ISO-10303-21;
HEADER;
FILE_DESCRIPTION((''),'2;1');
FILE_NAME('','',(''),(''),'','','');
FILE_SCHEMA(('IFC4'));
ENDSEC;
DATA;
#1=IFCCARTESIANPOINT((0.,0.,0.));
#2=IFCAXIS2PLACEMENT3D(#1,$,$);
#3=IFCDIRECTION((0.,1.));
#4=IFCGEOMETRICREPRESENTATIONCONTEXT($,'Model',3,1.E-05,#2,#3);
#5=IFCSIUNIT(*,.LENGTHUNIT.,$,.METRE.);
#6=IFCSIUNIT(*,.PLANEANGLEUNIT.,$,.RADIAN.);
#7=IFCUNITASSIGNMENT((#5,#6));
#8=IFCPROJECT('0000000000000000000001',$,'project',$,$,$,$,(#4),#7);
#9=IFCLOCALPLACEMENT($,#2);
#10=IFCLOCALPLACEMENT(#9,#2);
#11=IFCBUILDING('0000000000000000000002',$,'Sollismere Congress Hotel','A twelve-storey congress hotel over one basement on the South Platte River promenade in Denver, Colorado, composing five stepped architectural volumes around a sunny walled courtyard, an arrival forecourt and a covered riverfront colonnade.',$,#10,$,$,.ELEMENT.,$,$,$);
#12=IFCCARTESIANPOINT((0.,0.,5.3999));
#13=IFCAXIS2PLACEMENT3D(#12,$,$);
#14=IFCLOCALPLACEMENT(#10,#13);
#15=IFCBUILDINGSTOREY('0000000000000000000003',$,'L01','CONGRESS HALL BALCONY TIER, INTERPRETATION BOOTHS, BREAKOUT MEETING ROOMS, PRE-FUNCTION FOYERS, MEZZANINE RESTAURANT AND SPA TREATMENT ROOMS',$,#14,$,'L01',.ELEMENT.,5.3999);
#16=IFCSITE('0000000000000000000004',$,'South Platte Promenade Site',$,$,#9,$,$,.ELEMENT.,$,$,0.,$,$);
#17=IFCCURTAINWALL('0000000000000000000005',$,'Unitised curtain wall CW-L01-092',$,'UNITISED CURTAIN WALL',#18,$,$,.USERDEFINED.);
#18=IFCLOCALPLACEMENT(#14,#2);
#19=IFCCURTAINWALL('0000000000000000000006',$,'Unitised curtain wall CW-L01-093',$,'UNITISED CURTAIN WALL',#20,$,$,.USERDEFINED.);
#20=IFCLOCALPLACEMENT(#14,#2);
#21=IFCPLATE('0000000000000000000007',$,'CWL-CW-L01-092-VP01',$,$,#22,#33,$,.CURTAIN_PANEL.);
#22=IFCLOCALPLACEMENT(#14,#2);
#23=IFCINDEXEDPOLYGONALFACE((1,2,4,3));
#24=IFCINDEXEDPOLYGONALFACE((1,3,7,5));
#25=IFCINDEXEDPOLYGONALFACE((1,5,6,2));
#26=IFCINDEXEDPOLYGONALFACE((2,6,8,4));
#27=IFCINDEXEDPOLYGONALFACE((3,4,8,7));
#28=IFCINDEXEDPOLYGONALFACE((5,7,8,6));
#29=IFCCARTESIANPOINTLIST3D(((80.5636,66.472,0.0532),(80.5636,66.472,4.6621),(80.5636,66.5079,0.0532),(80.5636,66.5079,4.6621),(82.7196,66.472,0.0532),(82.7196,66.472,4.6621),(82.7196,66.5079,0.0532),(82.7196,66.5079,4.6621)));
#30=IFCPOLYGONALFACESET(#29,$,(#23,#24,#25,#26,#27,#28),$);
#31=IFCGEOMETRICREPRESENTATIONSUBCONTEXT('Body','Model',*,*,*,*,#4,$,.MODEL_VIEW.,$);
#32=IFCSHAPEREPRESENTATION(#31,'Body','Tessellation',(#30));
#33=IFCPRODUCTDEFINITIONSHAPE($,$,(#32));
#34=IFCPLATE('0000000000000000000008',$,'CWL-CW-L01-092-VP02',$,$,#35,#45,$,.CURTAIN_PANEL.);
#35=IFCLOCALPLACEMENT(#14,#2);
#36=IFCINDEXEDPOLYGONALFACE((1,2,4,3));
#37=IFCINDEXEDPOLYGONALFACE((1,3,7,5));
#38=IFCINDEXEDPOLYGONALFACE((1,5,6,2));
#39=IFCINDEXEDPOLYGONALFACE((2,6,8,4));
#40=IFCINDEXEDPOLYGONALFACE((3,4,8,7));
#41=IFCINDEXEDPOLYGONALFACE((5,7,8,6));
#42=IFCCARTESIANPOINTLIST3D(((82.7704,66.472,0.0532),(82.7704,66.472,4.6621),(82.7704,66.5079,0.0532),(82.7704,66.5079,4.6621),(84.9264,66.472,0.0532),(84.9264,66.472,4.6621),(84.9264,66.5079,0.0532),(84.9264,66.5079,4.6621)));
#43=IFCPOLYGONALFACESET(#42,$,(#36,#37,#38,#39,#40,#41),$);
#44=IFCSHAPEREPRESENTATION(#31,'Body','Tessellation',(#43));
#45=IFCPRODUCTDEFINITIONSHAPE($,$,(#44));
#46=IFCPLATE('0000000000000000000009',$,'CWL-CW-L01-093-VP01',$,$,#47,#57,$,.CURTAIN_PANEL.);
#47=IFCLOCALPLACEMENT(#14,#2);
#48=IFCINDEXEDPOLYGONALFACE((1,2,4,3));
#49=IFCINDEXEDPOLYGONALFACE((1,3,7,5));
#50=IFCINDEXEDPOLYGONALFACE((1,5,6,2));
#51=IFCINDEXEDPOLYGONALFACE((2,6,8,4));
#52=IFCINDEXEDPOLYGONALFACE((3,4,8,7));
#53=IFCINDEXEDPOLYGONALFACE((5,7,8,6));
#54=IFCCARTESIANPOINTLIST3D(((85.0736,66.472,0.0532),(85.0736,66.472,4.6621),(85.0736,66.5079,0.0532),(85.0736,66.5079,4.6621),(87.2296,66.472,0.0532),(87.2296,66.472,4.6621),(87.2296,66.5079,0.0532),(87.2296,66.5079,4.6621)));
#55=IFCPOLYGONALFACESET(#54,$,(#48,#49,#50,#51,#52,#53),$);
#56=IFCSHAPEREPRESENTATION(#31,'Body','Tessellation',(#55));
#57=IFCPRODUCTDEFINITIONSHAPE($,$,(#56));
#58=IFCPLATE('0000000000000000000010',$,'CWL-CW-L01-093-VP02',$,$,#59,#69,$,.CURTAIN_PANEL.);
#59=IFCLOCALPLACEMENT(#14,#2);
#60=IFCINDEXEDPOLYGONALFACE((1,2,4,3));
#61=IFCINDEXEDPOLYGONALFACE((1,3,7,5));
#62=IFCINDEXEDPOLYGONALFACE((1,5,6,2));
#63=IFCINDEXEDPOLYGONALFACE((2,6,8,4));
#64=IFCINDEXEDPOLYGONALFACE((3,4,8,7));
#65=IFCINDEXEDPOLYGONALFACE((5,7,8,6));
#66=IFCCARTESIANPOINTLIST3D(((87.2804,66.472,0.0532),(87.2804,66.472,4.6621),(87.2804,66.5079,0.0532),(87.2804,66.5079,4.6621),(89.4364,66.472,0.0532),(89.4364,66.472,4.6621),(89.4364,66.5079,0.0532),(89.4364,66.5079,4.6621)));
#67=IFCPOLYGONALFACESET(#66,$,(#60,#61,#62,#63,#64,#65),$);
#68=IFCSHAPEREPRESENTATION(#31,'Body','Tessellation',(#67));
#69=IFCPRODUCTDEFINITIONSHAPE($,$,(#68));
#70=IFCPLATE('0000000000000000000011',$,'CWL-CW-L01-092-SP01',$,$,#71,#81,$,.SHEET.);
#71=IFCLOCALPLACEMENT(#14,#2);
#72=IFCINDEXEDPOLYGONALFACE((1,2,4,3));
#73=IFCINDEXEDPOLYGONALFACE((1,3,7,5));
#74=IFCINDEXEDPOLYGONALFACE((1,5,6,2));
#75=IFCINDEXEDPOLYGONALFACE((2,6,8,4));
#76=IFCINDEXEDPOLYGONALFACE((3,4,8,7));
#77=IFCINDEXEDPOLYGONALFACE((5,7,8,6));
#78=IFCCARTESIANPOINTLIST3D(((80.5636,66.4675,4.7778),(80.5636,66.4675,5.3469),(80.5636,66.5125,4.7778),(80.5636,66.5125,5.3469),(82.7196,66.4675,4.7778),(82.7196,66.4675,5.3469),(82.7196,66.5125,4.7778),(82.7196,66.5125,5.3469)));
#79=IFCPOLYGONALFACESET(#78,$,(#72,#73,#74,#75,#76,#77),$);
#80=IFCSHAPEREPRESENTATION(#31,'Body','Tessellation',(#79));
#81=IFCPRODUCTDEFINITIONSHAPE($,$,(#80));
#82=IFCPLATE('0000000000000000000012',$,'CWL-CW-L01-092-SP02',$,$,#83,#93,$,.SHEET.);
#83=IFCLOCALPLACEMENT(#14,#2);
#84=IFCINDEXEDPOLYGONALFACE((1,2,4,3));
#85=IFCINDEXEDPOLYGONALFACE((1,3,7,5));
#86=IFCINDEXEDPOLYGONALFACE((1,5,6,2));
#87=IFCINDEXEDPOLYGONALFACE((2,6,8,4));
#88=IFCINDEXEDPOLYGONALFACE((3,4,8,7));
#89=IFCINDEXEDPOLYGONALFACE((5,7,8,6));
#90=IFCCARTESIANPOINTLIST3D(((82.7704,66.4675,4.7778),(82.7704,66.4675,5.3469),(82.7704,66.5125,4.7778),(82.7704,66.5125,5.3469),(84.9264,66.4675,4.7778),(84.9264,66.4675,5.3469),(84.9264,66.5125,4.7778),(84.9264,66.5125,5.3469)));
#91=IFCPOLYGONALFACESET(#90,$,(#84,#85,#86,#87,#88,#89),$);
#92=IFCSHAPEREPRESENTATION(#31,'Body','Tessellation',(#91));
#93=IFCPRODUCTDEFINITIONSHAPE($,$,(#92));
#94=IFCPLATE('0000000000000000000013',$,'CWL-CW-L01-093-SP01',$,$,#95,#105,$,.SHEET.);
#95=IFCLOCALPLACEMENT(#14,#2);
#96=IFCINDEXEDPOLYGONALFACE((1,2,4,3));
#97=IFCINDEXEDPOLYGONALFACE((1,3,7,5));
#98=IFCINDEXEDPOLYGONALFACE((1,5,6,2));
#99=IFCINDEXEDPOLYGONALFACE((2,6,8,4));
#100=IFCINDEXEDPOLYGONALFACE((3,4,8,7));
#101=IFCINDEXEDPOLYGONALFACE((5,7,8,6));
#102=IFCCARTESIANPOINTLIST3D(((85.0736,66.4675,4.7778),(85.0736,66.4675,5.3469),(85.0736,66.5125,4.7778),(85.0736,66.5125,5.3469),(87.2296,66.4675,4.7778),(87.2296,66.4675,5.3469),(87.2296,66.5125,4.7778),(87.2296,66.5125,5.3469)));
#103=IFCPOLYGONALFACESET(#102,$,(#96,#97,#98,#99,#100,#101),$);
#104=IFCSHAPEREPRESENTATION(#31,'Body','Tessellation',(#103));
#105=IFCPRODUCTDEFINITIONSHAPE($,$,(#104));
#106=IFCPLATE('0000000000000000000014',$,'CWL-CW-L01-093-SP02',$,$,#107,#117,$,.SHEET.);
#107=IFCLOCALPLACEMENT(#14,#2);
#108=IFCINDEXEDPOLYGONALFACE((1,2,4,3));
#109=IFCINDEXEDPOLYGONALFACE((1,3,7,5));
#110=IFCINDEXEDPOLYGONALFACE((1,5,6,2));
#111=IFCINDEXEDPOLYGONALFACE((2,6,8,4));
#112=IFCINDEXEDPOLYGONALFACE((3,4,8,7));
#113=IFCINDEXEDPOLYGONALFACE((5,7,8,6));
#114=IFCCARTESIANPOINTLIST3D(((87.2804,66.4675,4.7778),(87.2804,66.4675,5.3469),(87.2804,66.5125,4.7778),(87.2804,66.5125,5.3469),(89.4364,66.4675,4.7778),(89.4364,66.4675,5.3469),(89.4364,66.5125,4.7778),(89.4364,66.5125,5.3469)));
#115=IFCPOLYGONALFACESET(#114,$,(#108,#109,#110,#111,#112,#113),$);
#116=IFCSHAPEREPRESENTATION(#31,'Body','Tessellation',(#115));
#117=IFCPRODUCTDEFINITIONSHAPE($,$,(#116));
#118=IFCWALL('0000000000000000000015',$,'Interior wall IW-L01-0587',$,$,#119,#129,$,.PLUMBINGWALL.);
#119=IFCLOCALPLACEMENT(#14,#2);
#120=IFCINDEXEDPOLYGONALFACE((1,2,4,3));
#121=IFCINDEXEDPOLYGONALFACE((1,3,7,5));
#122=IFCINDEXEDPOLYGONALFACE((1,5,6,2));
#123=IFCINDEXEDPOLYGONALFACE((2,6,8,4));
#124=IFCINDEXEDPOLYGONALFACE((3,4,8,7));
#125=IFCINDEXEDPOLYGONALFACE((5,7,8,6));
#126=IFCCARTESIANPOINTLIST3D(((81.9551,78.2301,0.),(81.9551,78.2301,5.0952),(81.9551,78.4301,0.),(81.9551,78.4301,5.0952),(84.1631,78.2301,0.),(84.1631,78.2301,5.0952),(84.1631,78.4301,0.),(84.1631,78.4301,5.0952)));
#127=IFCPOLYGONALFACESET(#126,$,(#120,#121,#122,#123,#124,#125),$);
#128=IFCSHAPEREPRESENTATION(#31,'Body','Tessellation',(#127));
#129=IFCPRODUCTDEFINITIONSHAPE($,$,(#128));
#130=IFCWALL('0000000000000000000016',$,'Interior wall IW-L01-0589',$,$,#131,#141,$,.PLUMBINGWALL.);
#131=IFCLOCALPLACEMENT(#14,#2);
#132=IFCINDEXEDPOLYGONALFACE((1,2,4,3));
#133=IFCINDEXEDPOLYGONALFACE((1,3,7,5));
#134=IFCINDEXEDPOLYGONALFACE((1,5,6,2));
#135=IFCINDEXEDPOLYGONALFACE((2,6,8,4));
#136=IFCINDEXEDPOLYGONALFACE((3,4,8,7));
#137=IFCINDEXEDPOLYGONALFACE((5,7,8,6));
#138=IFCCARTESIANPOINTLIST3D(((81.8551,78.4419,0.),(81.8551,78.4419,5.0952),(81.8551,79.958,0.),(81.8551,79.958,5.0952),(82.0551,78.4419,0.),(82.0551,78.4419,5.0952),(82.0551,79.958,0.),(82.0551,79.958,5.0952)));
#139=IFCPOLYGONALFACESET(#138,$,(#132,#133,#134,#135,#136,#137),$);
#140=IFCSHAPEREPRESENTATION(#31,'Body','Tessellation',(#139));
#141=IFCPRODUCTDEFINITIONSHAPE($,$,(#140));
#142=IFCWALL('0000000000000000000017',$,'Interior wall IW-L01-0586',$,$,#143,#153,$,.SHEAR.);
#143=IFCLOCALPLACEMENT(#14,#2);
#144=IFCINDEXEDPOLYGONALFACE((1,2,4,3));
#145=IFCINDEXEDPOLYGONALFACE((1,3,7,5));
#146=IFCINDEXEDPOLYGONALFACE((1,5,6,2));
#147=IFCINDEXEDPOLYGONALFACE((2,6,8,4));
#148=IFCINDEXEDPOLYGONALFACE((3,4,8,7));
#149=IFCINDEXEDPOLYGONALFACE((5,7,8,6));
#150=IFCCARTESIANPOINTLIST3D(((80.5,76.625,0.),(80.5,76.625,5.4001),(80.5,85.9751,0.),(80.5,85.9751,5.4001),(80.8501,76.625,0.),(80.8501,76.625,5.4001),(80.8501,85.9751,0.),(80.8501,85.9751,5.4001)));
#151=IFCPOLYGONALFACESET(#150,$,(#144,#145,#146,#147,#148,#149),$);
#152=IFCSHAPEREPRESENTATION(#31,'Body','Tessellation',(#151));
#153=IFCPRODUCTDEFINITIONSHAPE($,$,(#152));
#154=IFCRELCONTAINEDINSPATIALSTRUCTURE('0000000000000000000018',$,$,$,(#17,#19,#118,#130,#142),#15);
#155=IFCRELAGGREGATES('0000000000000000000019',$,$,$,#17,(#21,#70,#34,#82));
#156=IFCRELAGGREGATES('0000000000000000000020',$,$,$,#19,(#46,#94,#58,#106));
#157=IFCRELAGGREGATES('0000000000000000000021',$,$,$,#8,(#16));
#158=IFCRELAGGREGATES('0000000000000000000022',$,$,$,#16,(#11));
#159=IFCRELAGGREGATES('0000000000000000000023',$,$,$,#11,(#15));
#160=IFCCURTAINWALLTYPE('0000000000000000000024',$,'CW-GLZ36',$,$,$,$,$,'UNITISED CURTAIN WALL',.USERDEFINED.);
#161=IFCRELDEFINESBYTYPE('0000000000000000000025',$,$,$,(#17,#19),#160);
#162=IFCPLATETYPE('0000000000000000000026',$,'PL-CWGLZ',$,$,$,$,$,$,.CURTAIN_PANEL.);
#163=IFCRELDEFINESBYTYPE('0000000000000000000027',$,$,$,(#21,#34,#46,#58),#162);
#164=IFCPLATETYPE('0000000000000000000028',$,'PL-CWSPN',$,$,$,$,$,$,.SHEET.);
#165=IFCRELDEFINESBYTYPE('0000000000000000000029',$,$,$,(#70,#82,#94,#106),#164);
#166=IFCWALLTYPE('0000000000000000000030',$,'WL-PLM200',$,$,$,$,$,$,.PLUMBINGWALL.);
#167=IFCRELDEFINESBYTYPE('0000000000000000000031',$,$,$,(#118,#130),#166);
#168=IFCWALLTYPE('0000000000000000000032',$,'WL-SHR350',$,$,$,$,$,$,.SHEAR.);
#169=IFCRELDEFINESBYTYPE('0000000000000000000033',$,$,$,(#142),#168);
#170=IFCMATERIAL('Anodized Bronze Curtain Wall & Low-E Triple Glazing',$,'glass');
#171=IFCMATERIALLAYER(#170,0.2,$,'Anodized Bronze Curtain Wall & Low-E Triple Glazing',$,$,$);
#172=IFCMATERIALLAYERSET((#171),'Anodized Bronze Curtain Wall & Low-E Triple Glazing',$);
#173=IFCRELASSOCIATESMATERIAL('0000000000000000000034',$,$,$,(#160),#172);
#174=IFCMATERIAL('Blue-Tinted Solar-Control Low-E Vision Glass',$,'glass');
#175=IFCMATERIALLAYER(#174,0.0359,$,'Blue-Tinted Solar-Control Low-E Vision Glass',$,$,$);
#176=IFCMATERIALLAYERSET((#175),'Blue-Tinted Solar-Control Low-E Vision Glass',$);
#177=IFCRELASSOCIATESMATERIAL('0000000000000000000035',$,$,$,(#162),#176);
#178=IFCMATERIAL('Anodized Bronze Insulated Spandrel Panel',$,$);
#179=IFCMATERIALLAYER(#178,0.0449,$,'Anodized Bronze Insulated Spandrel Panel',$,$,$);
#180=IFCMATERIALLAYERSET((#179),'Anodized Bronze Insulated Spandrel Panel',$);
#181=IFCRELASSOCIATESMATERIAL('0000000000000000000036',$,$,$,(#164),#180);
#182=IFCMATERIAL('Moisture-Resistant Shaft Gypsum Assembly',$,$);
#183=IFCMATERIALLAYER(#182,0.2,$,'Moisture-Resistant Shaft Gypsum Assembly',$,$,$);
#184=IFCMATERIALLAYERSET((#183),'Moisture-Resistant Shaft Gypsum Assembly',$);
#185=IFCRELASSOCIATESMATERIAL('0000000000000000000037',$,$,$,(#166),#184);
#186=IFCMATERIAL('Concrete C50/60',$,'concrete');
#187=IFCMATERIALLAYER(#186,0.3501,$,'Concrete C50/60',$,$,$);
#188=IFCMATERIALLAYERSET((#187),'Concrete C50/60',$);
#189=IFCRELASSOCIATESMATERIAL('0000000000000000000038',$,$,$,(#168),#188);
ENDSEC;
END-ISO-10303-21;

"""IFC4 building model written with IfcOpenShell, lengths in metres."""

from ifc_helpers import new_model, si_unit, direction, frame, frame_2d, origin, origin_2d, place, context, subcontext, project, spatial, rectangle, extrude, material, layer, layer_set, type_object, element, aggregate, save


model = new_model("IFC4")

# Units and contexts
model_context = context("Model", 3, precision=1e-05, world=origin(), true_north=direction((0.0, 1.0)))
body_context = subcontext(model_context, "Body", "Model", "MODEL_VIEW")
ifc_project = project(units=[si_unit("LENGTHUNIT", "METRE"), si_unit("PLANEANGLEUNIT", "RADIAN")], contexts=[model_context])

# Site, building, storey
site_placement = place(None, origin())
site = spatial("IfcSite", under=ifc_project, at=site_placement, Name="South Platte Promenade Site", CompositionType="ELEMENT", RefElevation=0.0)
building_placement = place(site_placement, origin())
building = spatial("IfcBuilding", under=site, at=building_placement, Name="Sollismere Congress Hotel", Description="A twelve-storey congress hotel over one basement on the South Platte River promenade in Denver, Colorado, composing five stepped architectural volumes around a sunny walled courtyard, an arrival forecourt and a covered riverfront colonnade.", CompositionType="ELEMENT")
storey_placement = place(building_placement, frame((0.0, 0.0, 5.3999)))
storey = spatial("IfcBuildingStorey", under=building, at=storey_placement, Name="L01", Description="CONGRESS HALL BALCONY TIER, INTERPRETATION BOOTHS, BREAKOUT MEETING ROOMS, PRE-FUNCTION FOYERS, MEZZANINE RESTAURANT AND SPA TREATMENT ROOMS", LongName="L01", CompositionType="ELEMENT", Elevation=5.3999)

# Curtain walls
ifc_material_1 = material(Name="Anodized Bronze Curtain Wall & Low-E Triple Glazing", Category="glass")
ifc_layer_1 = layer(ifc_material_1, 0.2, Name="Anodized Bronze Curtain Wall & Low-E Triple Glazing")
ifc_layer_set_1 = layer_set([ifc_layer_1], Name="Anodized Bronze Curtain Wall & Low-E Triple Glazing")
curtain_wall_type = type_object("IfcCurtainWallType", Name="CW-GLZ36", ElementType="UNITISED CURTAIN WALL", PredefinedType="USERDEFINED", material=ifc_layer_set_1)
curtain_wall_1_placement = place(storey_placement, origin())
curtain_wall_1 = element("IfcCurtainWall", 1, at=curtain_wall_1_placement, inside=storey, type_object=curtain_wall_type, Name="Unitised curtain wall CW-L01-092", ObjectType="UNITISED CURTAIN WALL", PredefinedType="USERDEFINED")
curtain_wall_2_placement = place(storey_placement, origin())
curtain_wall_2 = element("IfcCurtainWall", 2, at=curtain_wall_2_placement, inside=storey, type_object=curtain_wall_type, Name="Unitised curtain wall CW-L01-093", ObjectType="UNITISED CURTAIN WALL", PredefinedType="USERDEFINED")

# Plates
ifc_material_2 = material(Name="Blue-Tinted Solar-Control Low-E Vision Glass", Category="glass")
ifc_layer_2 = layer(ifc_material_2, 0.0359, Name="Blue-Tinted Solar-Control Low-E Vision Glass")
ifc_layer_set_2 = layer_set([ifc_layer_2], Name="Blue-Tinted Solar-Control Low-E Vision Glass")
plate_type_1 = type_object("IfcPlateType", Name="PL-CWGLZ", PredefinedType="CURTAIN_PANEL", material=ifc_layer_set_2)
plate_1_placement = place(storey_placement, frame((81.6416, 66.49, 0.0532), z_axis=(0.0, 0.0, 1.0), x_axis=(1.0, 0.0, 0.0)))
plate_1 = element("IfcPlate", 3, at=plate_1_placement, type_object=plate_type_1, Name="CWL-CW-L01-092-VP01", PredefinedType="CURTAIN_PANEL", context=body_context, shape_type="SweptSolid", body=[
    extrude(rectangle(XDim=2.156, YDim=0.0359, at=origin_2d()), origin(), (0.0, 0.0, 1.0), 4.6089),
])
plate_2_placement = place(storey_placement, frame((83.8484, 66.49, 0.0532), z_axis=(0.0, 0.0, 1.0), x_axis=(1.0, 0.0, 0.0)))
plate_2 = element("IfcPlate", 4, at=plate_2_placement, type_object=plate_type_1, Name="CWL-CW-L01-092-VP02", PredefinedType="CURTAIN_PANEL", context=body_context, shape_type="SweptSolid", body=[
    extrude(rectangle(XDim=2.156, YDim=0.0359, at=origin_2d()), origin(), (0.0, 0.0, 1.0), 4.6089),
])
plate_3_placement = place(storey_placement, frame((86.1516, 66.49, 0.0532), z_axis=(0.0, 0.0, 1.0), x_axis=(1.0, 0.0, 0.0)))
plate_3 = element("IfcPlate", 5, at=plate_3_placement, type_object=plate_type_1, Name="CWL-CW-L01-093-VP01", PredefinedType="CURTAIN_PANEL", context=body_context, shape_type="SweptSolid", body=[
    extrude(rectangle(XDim=2.156, YDim=0.0359, at=origin_2d()), origin(), (0.0, 0.0, 1.0), 4.6089),
])
plate_4_placement = place(storey_placement, frame((88.3584, 66.49, 0.0532), z_axis=(0.0, 0.0, 1.0), x_axis=(1.0, 0.0, 0.0)))
plate_4 = element("IfcPlate", 6, at=plate_4_placement, type_object=plate_type_1, Name="CWL-CW-L01-093-VP02", PredefinedType="CURTAIN_PANEL", context=body_context, shape_type="SweptSolid", body=[
    extrude(rectangle(XDim=2.156, YDim=0.0359, at=origin_2d()), origin(), (0.0, 0.0, 1.0), 4.6089),
])
ifc_material_3 = material(Name="Anodized Bronze Insulated Spandrel Panel")
ifc_layer_3 = layer(ifc_material_3, 0.0449, Name="Anodized Bronze Insulated Spandrel Panel")
ifc_layer_set_3 = layer_set([ifc_layer_3], Name="Anodized Bronze Insulated Spandrel Panel")
plate_type_2 = type_object("IfcPlateType", Name="PL-CWSPN", PredefinedType="SHEET", material=ifc_layer_set_3)
plate_5_placement = place(storey_placement, frame((81.6416, 66.49, 4.7778), z_axis=(0.0, 0.0, 1.0), x_axis=(1.0, 0.0, 0.0)))
plate_5 = element("IfcPlate", 7, at=plate_5_placement, type_object=plate_type_2, Name="CWL-CW-L01-092-SP01", PredefinedType="SHEET", context=body_context, shape_type="SweptSolid", body=[
    extrude(rectangle(XDim=2.156, YDim=0.0449, at=origin_2d()), origin(), (0.0, 0.0, 1.0), 0.5691),
])
plate_6_placement = place(storey_placement, frame((83.8484, 66.49, 4.7778), z_axis=(0.0, 0.0, 1.0), x_axis=(1.0, 0.0, 0.0)))
plate_6 = element("IfcPlate", 8, at=plate_6_placement, type_object=plate_type_2, Name="CWL-CW-L01-092-SP02", PredefinedType="SHEET", context=body_context, shape_type="SweptSolid", body=[
    extrude(rectangle(XDim=2.156, YDim=0.0449, at=origin_2d()), origin(), (0.0, 0.0, 1.0), 0.5691),
])
aggregate(curtain_wall_1, [plate_1, plate_5, plate_2, plate_6])
plate_7_placement = place(storey_placement, frame((86.1516, 66.49, 4.7778), z_axis=(0.0, 0.0, 1.0), x_axis=(1.0, 0.0, 0.0)))
plate_7 = element("IfcPlate", 9, at=plate_7_placement, type_object=plate_type_2, Name="CWL-CW-L01-093-SP01", PredefinedType="SHEET", context=body_context, shape_type="SweptSolid", body=[
    extrude(rectangle(XDim=2.156, YDim=0.0449, at=origin_2d()), origin(), (0.0, 0.0, 1.0), 0.5691),
])
plate_8_placement = place(storey_placement, frame((88.3584, 66.49, 4.7778), z_axis=(0.0, 0.0, 1.0), x_axis=(1.0, 0.0, 0.0)))
plate_8 = element("IfcPlate", 10, at=plate_8_placement, type_object=plate_type_2, Name="CWL-CW-L01-093-SP02", PredefinedType="SHEET", context=body_context, shape_type="SweptSolid", body=[
    extrude(rectangle(XDim=2.156, YDim=0.0449, at=origin_2d()), origin(), (0.0, 0.0, 1.0), 0.5691),
])
aggregate(curtain_wall_2, [plate_3, plate_7, plate_4, plate_8])

# Walls
ifc_material_4 = material(Name="Moisture-Resistant Shaft Gypsum Assembly")
ifc_layer_4 = layer(ifc_material_4, 0.2, Name="Moisture-Resistant Shaft Gypsum Assembly")
ifc_layer_set_4 = layer_set([ifc_layer_4], Name="Moisture-Resistant Shaft Gypsum Assembly")
wall_type_1 = type_object("IfcWallType", Name="WL-PLM200", PredefinedType="PLUMBINGWALL", material=ifc_layer_set_4)
wall_1_placement = place(storey_placement, frame((81.9551, 78.3301, 0.0), z_axis=(0.0, 0.0, 1.0), x_axis=(1.0, 0.0, 0.0)))
element("IfcWall", 11, at=wall_1_placement, inside=storey, type_object=wall_type_1, Name="Interior wall IW-L01-0587", PredefinedType="PLUMBINGWALL", context=body_context, shape_type="SweptSolid", body=[
    extrude(rectangle(XDim=2.208, YDim=0.2, at=frame_2d((1.104, 0.0))), origin(), (0.0, 0.0, 1.0), 5.0952),
])
wall_2_placement = place(storey_placement, frame((81.9551, 78.4419, 0.0), z_axis=(0.0, 0.0, 1.0), x_axis=(0.0, 1.0, 0.0)))
element("IfcWall", 12, at=wall_2_placement, inside=storey, type_object=wall_type_1, Name="Interior wall IW-L01-0589", PredefinedType="PLUMBINGWALL", context=body_context, shape_type="SweptSolid", body=[
    extrude(rectangle(XDim=1.5161, YDim=0.2, at=frame_2d((0.7581, 0.0))), origin(), (0.0, 0.0, 1.0), 5.0952),
])
ifc_material_5 = material(Name="Concrete C50/60", Category="concrete")
ifc_layer_5 = layer(ifc_material_5, 0.3501, Name="Concrete C50/60")
ifc_layer_set_5 = layer_set([ifc_layer_5], Name="Concrete C50/60")
wall_type_2 = type_object("IfcWallType", Name="WL-SHR350", PredefinedType="SHEAR", material=ifc_layer_set_5)
wall_3_placement = place(storey_placement, frame((80.675, 76.625, 0.0), z_axis=(0.0, 0.0, 1.0), x_axis=(0.0, 1.0, 0.0)))
element("IfcWall", 13, at=wall_3_placement, inside=storey, type_object=wall_type_2, Name="Interior wall IW-L01-0586", PredefinedType="SHEAR", context=body_context, shape_type="SweptSolid", body=[
    extrude(rectangle(XDim=9.3501, YDim=0.3501, at=frame_2d((4.675, 0.0))), origin(), (0.0, 0.0, 1.0), 5.4001),
])

save(model, "model.ifc")
